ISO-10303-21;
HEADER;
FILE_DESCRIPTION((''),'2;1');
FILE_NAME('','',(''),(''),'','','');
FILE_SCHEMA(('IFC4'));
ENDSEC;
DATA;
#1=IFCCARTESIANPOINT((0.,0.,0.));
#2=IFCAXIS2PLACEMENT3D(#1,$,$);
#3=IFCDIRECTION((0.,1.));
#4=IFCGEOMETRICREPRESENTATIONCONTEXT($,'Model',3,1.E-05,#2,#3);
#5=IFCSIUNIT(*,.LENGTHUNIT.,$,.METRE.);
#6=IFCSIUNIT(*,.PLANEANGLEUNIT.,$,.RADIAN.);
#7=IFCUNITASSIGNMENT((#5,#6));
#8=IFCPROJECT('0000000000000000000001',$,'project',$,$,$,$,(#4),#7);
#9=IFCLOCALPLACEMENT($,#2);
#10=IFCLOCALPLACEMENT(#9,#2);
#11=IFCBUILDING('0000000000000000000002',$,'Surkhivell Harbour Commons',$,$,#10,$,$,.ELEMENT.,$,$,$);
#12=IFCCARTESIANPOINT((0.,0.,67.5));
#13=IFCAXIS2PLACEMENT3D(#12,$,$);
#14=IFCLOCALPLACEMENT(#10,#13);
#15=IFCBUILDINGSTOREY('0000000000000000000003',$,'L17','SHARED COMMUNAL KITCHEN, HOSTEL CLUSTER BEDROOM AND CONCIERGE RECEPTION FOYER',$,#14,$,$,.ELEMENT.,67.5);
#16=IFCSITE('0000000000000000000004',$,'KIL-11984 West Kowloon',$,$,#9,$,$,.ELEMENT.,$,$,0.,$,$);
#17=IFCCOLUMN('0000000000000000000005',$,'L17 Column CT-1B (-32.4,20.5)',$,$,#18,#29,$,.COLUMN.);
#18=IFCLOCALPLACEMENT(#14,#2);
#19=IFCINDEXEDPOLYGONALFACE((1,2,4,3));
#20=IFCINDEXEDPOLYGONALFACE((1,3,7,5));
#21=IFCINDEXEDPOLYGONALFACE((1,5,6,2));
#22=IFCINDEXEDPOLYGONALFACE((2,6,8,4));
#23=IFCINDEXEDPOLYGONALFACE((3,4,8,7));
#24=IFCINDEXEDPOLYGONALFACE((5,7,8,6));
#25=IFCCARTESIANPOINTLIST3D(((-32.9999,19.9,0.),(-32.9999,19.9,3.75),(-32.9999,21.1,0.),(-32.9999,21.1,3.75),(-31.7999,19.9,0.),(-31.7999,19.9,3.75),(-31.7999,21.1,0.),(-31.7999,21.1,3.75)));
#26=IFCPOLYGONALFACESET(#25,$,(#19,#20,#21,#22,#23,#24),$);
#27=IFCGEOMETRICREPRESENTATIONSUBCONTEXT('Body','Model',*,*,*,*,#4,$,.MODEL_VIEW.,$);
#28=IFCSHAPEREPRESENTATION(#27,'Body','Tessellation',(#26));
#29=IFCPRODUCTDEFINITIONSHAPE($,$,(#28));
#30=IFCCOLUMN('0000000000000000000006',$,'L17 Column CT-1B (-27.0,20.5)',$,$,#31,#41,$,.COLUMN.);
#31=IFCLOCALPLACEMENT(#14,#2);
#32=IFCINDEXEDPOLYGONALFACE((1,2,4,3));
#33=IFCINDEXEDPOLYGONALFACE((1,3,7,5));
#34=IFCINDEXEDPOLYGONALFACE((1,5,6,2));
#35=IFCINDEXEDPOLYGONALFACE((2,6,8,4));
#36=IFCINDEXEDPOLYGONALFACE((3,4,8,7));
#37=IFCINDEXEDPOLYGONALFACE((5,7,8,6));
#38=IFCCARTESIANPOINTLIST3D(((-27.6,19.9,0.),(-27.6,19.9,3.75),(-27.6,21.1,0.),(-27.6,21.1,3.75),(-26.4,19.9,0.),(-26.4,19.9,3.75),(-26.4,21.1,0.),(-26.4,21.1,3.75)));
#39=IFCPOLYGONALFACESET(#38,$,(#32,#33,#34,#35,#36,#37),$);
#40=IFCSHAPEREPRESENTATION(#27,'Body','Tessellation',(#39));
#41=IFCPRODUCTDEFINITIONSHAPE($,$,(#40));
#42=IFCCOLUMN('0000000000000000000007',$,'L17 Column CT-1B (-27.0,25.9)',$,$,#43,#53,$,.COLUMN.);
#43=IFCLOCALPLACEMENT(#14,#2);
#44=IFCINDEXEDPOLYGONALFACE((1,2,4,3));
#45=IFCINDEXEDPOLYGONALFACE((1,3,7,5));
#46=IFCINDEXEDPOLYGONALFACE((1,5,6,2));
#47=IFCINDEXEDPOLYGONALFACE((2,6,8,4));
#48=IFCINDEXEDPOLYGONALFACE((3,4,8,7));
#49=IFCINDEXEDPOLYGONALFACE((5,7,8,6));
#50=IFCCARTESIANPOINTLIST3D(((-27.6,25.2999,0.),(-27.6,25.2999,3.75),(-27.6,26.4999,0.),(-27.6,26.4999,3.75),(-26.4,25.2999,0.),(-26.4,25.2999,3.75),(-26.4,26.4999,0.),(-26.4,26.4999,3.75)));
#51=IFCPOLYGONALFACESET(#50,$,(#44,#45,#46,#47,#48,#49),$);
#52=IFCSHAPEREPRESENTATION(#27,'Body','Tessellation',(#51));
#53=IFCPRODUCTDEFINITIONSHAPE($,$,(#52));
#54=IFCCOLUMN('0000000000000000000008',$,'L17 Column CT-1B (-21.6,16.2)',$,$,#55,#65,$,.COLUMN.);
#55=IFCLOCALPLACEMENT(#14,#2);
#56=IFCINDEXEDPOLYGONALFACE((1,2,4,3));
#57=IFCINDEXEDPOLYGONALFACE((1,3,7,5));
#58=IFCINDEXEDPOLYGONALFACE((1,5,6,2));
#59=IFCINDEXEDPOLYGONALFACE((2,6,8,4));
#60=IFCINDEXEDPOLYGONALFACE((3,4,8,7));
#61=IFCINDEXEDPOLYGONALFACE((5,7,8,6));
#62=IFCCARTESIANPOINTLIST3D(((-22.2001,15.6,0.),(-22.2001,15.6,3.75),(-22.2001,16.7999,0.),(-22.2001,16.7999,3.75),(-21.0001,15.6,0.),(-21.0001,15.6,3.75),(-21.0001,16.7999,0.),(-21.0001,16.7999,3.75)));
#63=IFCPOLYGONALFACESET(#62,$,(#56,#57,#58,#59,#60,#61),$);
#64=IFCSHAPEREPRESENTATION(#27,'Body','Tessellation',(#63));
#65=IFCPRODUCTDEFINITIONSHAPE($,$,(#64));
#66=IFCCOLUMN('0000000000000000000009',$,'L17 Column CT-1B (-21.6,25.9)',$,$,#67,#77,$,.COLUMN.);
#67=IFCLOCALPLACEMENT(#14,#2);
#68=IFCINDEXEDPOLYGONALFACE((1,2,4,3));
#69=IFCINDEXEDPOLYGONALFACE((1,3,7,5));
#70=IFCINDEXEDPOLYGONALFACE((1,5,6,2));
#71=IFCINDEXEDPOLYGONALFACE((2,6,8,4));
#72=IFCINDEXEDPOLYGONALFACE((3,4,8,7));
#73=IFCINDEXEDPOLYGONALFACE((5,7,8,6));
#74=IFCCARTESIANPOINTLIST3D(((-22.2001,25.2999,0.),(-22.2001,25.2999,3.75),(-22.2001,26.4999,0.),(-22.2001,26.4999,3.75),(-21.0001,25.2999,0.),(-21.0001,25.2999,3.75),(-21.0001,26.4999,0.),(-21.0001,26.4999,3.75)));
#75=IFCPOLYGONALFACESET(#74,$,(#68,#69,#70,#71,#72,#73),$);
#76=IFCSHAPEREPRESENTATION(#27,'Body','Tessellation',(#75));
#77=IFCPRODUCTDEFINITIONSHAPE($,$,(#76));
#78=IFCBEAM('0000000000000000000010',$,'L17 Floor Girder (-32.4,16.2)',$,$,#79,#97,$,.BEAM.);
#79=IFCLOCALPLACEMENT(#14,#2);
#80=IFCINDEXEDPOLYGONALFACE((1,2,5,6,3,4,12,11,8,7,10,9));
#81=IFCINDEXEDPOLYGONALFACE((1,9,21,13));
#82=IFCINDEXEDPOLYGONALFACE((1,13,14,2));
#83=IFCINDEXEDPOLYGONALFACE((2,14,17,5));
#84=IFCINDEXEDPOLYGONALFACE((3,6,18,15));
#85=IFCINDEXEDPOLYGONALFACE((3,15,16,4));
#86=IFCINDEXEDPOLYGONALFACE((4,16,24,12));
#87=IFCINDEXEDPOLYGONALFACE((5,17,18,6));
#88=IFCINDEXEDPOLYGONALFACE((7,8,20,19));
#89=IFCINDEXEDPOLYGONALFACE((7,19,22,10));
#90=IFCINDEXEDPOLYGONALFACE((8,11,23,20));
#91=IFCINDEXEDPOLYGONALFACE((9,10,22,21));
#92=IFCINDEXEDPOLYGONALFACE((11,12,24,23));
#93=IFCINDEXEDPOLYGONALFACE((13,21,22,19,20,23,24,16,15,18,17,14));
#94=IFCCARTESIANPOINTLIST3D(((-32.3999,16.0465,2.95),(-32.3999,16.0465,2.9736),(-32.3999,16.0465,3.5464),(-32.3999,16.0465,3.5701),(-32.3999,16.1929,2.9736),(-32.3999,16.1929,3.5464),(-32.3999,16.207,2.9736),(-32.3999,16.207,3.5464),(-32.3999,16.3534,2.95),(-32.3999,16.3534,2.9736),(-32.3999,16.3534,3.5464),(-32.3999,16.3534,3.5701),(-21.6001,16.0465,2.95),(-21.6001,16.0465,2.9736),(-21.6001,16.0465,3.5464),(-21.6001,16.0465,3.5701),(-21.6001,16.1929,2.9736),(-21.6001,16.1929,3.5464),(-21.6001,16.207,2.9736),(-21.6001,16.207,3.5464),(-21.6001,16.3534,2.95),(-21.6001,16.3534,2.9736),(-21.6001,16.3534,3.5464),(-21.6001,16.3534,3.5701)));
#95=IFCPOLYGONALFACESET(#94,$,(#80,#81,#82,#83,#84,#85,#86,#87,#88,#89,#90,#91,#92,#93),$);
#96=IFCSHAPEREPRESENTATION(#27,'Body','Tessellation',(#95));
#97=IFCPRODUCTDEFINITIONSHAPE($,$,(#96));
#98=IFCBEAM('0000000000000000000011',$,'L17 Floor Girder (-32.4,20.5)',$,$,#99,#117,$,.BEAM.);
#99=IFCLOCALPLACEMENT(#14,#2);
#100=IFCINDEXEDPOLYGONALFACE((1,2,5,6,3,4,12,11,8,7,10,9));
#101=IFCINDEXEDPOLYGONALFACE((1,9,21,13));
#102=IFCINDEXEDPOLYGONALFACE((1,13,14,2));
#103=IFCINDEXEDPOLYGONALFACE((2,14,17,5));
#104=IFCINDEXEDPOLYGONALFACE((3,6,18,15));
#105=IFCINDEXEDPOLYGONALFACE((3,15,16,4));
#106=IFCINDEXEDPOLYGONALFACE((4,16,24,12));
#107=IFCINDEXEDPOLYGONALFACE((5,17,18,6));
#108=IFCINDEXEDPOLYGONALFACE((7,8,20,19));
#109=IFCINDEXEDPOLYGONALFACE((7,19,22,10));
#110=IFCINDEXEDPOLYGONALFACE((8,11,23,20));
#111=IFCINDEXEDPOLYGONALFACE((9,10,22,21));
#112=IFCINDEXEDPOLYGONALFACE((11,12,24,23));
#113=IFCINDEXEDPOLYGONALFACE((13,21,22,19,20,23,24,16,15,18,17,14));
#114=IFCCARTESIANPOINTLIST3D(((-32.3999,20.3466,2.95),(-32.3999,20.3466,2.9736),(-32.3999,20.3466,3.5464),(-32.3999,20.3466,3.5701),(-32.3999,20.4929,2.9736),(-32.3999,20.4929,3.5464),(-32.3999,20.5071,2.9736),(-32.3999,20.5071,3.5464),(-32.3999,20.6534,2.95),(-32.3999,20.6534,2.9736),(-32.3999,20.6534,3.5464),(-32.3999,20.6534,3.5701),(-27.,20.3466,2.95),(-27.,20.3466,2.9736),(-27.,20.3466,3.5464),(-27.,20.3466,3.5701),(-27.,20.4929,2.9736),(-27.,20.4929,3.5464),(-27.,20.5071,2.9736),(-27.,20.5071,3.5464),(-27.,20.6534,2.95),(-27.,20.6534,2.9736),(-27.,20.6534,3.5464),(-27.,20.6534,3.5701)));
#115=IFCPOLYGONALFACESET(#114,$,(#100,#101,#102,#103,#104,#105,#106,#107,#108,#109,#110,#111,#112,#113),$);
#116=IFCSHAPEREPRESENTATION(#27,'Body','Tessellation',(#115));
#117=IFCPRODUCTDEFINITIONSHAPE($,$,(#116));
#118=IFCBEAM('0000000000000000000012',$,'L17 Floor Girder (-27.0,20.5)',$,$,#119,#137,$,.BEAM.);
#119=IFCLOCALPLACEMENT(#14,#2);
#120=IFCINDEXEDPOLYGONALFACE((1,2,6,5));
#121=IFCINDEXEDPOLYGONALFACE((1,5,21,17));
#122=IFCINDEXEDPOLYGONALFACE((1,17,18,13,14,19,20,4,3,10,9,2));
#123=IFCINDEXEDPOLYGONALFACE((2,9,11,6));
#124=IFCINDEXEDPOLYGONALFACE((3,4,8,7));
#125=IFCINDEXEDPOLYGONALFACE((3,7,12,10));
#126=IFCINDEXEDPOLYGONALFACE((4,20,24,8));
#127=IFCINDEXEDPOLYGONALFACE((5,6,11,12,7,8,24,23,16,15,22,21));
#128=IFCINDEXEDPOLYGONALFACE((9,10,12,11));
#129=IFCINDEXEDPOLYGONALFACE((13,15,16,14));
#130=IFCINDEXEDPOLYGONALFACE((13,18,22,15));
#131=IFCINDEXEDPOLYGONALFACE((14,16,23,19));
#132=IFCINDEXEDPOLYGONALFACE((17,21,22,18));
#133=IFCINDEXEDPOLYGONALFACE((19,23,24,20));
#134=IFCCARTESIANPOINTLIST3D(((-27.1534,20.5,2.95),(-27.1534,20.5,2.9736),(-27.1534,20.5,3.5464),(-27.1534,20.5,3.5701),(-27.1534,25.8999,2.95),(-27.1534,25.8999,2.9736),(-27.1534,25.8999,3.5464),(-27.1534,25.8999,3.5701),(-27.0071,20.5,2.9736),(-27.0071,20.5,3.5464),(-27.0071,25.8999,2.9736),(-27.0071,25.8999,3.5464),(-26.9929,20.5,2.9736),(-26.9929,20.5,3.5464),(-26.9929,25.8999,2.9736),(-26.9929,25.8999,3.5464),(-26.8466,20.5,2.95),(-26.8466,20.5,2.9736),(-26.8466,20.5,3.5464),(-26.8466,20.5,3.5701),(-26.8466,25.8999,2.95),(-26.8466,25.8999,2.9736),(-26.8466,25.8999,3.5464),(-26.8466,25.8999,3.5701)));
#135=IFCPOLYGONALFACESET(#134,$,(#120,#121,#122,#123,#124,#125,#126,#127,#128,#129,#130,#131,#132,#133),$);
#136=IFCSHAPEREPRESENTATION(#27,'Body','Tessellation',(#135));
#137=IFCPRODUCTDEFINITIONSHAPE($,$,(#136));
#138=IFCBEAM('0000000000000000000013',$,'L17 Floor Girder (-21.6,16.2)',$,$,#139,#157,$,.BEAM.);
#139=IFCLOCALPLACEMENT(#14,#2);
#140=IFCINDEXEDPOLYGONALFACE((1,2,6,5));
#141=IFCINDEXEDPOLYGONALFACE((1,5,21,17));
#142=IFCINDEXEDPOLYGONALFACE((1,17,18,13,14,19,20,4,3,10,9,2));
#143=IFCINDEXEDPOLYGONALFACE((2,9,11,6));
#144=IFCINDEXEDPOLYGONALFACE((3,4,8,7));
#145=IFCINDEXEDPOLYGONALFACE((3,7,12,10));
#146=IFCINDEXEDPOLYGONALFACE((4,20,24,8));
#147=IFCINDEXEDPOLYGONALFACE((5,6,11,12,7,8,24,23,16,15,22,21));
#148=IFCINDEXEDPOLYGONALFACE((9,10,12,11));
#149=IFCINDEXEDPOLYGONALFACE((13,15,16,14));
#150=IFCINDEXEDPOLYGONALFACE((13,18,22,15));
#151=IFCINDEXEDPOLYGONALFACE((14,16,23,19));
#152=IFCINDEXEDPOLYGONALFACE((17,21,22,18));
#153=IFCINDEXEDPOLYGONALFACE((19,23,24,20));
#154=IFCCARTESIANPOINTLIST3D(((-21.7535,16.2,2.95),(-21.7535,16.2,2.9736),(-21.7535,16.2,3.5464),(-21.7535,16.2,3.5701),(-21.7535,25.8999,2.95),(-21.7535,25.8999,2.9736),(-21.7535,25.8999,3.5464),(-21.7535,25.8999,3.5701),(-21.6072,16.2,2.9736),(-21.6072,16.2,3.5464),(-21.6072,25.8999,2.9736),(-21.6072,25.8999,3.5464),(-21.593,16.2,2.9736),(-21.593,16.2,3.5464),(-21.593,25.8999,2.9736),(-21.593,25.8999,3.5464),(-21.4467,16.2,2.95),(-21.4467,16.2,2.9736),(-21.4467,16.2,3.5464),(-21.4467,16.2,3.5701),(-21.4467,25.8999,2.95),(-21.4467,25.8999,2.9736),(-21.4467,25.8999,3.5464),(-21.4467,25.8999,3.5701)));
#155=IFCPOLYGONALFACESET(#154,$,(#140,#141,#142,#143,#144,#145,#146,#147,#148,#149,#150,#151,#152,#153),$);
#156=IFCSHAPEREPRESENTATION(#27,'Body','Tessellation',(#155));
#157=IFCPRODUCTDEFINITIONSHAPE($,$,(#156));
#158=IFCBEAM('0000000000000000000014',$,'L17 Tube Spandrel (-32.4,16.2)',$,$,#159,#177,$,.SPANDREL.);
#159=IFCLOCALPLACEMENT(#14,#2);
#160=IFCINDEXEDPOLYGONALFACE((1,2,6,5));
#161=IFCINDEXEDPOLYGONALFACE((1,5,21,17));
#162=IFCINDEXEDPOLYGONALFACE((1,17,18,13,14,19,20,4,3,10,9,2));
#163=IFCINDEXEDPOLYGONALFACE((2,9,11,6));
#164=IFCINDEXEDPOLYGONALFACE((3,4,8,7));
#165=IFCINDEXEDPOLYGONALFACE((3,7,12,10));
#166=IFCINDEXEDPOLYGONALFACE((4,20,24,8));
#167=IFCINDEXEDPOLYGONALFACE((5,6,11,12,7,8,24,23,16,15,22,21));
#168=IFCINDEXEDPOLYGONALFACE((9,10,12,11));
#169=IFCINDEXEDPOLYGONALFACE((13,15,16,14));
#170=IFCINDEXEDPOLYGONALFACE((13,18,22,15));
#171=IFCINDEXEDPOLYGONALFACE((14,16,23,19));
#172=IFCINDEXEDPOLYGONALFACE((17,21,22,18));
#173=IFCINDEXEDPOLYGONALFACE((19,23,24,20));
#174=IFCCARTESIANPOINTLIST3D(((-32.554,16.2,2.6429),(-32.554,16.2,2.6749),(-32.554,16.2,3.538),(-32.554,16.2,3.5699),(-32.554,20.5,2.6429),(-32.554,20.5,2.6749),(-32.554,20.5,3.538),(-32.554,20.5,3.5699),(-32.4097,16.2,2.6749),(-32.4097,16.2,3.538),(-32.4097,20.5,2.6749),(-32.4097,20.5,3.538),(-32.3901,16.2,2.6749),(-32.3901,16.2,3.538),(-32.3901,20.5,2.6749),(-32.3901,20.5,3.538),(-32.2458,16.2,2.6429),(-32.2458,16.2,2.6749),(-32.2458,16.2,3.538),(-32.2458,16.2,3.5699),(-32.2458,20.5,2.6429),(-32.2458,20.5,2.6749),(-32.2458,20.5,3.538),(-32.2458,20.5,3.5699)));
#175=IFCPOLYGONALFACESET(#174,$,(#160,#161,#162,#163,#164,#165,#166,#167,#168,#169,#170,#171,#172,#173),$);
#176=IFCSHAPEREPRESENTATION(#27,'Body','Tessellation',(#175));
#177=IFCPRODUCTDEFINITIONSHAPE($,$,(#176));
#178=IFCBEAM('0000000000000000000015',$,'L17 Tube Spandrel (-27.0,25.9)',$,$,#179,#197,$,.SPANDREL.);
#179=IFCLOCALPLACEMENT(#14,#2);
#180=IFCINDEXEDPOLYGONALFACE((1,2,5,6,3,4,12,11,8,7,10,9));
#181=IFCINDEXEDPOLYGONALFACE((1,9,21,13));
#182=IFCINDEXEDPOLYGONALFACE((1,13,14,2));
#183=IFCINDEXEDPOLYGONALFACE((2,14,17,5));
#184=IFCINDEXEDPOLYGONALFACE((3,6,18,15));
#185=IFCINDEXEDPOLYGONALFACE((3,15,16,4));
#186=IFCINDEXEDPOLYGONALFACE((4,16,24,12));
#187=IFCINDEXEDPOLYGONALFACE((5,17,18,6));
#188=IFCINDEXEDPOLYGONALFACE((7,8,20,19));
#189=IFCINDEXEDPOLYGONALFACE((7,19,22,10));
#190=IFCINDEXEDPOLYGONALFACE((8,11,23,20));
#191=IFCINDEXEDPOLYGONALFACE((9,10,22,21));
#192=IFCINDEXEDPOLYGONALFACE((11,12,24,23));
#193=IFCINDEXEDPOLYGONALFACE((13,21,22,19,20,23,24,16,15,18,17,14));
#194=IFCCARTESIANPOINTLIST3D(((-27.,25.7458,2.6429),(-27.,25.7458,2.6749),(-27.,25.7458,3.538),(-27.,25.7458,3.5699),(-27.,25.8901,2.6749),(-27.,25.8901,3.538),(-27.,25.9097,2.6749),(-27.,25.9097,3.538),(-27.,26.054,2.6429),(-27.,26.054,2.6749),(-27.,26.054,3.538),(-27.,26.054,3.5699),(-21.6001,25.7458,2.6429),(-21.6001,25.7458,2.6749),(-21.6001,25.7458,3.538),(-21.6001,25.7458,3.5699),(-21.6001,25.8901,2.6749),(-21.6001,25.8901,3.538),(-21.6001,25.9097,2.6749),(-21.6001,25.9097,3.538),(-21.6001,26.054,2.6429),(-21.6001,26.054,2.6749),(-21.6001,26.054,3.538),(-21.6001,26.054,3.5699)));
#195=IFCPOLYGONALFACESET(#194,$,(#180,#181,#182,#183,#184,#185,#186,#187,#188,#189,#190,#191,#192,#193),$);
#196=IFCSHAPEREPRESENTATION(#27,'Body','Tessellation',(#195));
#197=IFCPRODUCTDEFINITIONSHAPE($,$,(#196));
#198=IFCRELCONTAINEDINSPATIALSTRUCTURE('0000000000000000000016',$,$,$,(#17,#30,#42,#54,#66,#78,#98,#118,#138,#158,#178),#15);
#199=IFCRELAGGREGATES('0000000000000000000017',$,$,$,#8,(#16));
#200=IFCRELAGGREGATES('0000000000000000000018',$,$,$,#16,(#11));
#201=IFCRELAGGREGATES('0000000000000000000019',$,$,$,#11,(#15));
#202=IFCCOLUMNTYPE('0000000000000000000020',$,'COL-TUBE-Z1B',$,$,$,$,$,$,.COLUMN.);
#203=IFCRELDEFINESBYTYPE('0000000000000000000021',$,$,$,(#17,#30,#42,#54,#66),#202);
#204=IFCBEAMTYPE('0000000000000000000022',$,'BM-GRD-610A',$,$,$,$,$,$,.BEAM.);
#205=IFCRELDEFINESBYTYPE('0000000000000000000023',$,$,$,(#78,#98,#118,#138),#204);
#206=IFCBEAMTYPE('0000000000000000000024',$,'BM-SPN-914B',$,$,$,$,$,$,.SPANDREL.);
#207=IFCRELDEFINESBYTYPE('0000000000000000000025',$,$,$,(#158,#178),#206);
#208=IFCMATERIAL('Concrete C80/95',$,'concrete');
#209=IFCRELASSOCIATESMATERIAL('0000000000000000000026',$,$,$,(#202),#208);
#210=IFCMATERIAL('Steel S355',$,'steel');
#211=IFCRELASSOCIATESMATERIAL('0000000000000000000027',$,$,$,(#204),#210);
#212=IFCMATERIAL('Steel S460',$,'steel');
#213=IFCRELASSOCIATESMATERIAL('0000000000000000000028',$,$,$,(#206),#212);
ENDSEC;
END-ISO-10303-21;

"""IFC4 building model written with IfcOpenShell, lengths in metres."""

from ifc_helpers import new_model, si_unit, direction, frame, origin, origin_2d, place, context, subcontext, project, spatial, rectangle, i_section, extrude, material, material_profile, profile_set, type_object, element, save


model = new_model("IFC4")

# Units and contexts
model_context = context("Model", 3, precision=1e-05, world=origin(), true_north=direction((0.0, 1.0)))
body_context = subcontext(model_context, "Body", "Model", "MODEL_VIEW")
ifc_project = project(units=[si_unit("LENGTHUNIT", "METRE"), si_unit("PLANEANGLEUNIT", "RADIAN")], contexts=[model_context])

# Site, building, storey
site_placement = place(None, origin())
site = spatial("IfcSite", under=ifc_project, at=site_placement, Name="KIL-11984 West Kowloon", CompositionType="ELEMENT", RefElevation=0.0)
building_placement = place(site_placement, origin())
building = spatial("IfcBuilding", under=site, at=building_placement, Name="Surkhivell Harbour Commons", CompositionType="ELEMENT")
storey_placement = place(building_placement, frame((0.0, 0.0, 67.5)))
storey = spatial("IfcBuildingStorey", under=building, at=storey_placement, Name="L17", Description="SHARED COMMUNAL KITCHEN, HOSTEL CLUSTER BEDROOM AND CONCIERGE RECEPTION FOYER", CompositionType="ELEMENT", Elevation=67.5)

# Columns
ifc_material_1 = material(Name="Concrete C80/95", Category="concrete")
ifc_material_profile_1 = material_profile(ifc_material_1, rectangle(XDim=1.2, YDim=1.2, at=origin_2d()), Name="RC-COL-1200x1200")
ifc_profile_set_1 = profile_set([ifc_material_profile_1], Name="Concrete C80/95")
column_type = type_object("IfcColumnType", Name="COL-TUBE-Z1B", PredefinedType="COLUMN", material=ifc_profile_set_1)
for number, where, z_axis, x_axis, name in (
    (1, (-32.3999, 20.5, 0.0), (0.0, 0.0, 1.0), (1.0, 0.0, 0.0), "L17 Column CT-1B (-32.4,20.5)"),
    (2, (-27.0, 20.5, 0.0), (0.0, 0.0, 1.0), (1.0, 0.0, 0.0), "L17 Column CT-1B (-27.0,20.5)"),
    (3, (-27.0, 25.8999, 0.0), (0.0, 0.0, 1.0), (1.0, 0.0, 0.0), "L17 Column CT-1B (-27.0,25.9)"),
    (4, (-21.6001, 16.2, 0.0), (0.0, 0.0, 1.0), (1.0, 0.0, 0.0), "L17 Column CT-1B (-21.6,16.2)"),
    (5, (-21.6001, 25.8999, 0.0), (0.0, 0.0, 1.0), (1.0, 0.0, 0.0), "L17 Column CT-1B (-21.6,25.9)"),
):
    element("IfcColumn", number, at=place(storey_placement, frame(where, z_axis=z_axis, x_axis=x_axis)), inside=storey, type_object=column_type, Name=name, PredefinedType="COLUMN", context=body_context, shape_type="SweptSolid", body=[
        extrude(rectangle(XDim=1.2, YDim=1.2, at=origin_2d()), origin(), (0.0, 0.0, 1.0), 3.75),
    ])

# Beams
ifc_material_2 = material(Name="Steel S355", Category="steel")
ifc_material_profile_2 = material_profile(ifc_material_2, i_section(OverallWidth=0.3069, OverallDepth=0.6201, WebThickness=0.0142, FlangeThickness=0.0237, at=origin_2d()), Name="UB610x305x179")
ifc_profile_set_2 = profile_set([ifc_material_profile_2], Name="Steel S355")
beam_type_1 = type_object("IfcBeamType", Name="BM-GRD-610A", PredefinedType="BEAM", material=ifc_profile_set_2)
beam_1_placement = place(storey_placement, frame((-32.3999, 16.2, 3.26), z_axis=(1.0, 0.0, 0.0), x_axis=(0.0, 1.0, 0.0)))
element("IfcBeam", 6, at=beam_1_placement, inside=storey, type_object=beam_type_1, Name="L17 Floor Girder (-32.4,16.2)", PredefinedType="BEAM", context=body_context, shape_type="SweptSolid", body=[
    extrude(i_section(OverallWidth=0.3069, OverallDepth=0.6201, WebThickness=0.0142, FlangeThickness=0.0237, at=origin_2d()), origin(), (0.0, 0.0, 1.0), 10.7998),
])
for number, where, z_axis, x_axis, name in (
    (7, (-32.3999, 20.5, 3.26), (1.0, 0.0, 0.0), (0.0, 1.0, 0.0), "L17 Floor Girder (-32.4,20.5)"),
    (8, (-27.0, 20.5, 3.26), (0.0, 1.0, 0.0), (-1.0, 0.0, 0.0), "L17 Floor Girder (-27.0,20.5)"),
):
    element("IfcBeam", number, at=place(storey_placement, frame(where, z_axis=z_axis, x_axis=x_axis)), inside=storey, type_object=beam_type_1, Name=name, PredefinedType="BEAM", context=body_context, shape_type="SweptSolid", body=[
        extrude(i_section(OverallWidth=0.3069, OverallDepth=0.6201, WebThickness=0.0142, FlangeThickness=0.0237, at=origin_2d()), origin(), (0.0, 0.0, 1.0), 5.3999),
    ])
beam_2_placement = place(storey_placement, frame((-21.6001, 16.2, 3.26), z_axis=(0.0, 1.0, 0.0), x_axis=(-1.0, 0.0, 0.0)))
element("IfcBeam", 9, at=beam_2_placement, inside=storey, type_object=beam_type_1, Name="L17 Floor Girder (-21.6,16.2)", PredefinedType="BEAM", context=body_context, shape_type="SweptSolid", body=[
    extrude(i_section(OverallWidth=0.3069, OverallDepth=0.6201, WebThickness=0.0142, FlangeThickness=0.0237, at=origin_2d()), origin(), (0.0, 0.0, 1.0), 9.7),
])
ifc_material_3 = material(Name="Steel S460", Category="steel")
ifc_material_profile_3 = material_profile(ifc_material_3, i_section(OverallWidth=0.3081, OverallDepth=0.927, WebThickness=0.0195, FlangeThickness=0.032, at=origin_2d()), Name="UB914x305x289")
ifc_profile_set_3 = profile_set([ifc_material_profile_3], Name="Steel S460")
beam_type_2 = type_object("IfcBeamType", Name="BM-SPN-914B", PredefinedType="SPANDREL", material=ifc_profile_set_3)
beam_3_placement = place(storey_placement, frame((-32.3999, 16.2, 3.1064), z_axis=(0.0, 1.0, 0.0), x_axis=(-1.0, 0.0, 0.0)))
element("IfcBeam", 10, at=beam_3_placement, inside=storey, type_object=beam_type_2, Name="L17 Tube Spandrel (-32.4,16.2)", PredefinedType="SPANDREL", context=body_context, shape_type="SweptSolid", body=[
    extrude(i_section(OverallWidth=0.3081, OverallDepth=0.927, WebThickness=0.0195, FlangeThickness=0.032, at=origin_2d()), origin(), (0.0, 0.0, 1.0), 4.3),
])
beam_4_placement = place(storey_placement, frame((-27.0, 25.8999, 3.1064), z_axis=(1.0, 0.0, 0.0), x_axis=(0.0, 1.0, 0.0)))
element("IfcBeam", 11, at=beam_4_placement, inside=storey, type_object=beam_type_2, Name="L17 Tube Spandrel (-27.0,25.9)", PredefinedType="SPANDREL", context=body_context, shape_type="SweptSolid", body=[
    extrude(i_section(OverallWidth=0.3081, OverallDepth=0.927, WebThickness=0.0195, FlangeThickness=0.032, at=origin_2d()), origin(), (0.0, 0.0, 1.0), 5.3999),
])

save(model, "model.ifc")
